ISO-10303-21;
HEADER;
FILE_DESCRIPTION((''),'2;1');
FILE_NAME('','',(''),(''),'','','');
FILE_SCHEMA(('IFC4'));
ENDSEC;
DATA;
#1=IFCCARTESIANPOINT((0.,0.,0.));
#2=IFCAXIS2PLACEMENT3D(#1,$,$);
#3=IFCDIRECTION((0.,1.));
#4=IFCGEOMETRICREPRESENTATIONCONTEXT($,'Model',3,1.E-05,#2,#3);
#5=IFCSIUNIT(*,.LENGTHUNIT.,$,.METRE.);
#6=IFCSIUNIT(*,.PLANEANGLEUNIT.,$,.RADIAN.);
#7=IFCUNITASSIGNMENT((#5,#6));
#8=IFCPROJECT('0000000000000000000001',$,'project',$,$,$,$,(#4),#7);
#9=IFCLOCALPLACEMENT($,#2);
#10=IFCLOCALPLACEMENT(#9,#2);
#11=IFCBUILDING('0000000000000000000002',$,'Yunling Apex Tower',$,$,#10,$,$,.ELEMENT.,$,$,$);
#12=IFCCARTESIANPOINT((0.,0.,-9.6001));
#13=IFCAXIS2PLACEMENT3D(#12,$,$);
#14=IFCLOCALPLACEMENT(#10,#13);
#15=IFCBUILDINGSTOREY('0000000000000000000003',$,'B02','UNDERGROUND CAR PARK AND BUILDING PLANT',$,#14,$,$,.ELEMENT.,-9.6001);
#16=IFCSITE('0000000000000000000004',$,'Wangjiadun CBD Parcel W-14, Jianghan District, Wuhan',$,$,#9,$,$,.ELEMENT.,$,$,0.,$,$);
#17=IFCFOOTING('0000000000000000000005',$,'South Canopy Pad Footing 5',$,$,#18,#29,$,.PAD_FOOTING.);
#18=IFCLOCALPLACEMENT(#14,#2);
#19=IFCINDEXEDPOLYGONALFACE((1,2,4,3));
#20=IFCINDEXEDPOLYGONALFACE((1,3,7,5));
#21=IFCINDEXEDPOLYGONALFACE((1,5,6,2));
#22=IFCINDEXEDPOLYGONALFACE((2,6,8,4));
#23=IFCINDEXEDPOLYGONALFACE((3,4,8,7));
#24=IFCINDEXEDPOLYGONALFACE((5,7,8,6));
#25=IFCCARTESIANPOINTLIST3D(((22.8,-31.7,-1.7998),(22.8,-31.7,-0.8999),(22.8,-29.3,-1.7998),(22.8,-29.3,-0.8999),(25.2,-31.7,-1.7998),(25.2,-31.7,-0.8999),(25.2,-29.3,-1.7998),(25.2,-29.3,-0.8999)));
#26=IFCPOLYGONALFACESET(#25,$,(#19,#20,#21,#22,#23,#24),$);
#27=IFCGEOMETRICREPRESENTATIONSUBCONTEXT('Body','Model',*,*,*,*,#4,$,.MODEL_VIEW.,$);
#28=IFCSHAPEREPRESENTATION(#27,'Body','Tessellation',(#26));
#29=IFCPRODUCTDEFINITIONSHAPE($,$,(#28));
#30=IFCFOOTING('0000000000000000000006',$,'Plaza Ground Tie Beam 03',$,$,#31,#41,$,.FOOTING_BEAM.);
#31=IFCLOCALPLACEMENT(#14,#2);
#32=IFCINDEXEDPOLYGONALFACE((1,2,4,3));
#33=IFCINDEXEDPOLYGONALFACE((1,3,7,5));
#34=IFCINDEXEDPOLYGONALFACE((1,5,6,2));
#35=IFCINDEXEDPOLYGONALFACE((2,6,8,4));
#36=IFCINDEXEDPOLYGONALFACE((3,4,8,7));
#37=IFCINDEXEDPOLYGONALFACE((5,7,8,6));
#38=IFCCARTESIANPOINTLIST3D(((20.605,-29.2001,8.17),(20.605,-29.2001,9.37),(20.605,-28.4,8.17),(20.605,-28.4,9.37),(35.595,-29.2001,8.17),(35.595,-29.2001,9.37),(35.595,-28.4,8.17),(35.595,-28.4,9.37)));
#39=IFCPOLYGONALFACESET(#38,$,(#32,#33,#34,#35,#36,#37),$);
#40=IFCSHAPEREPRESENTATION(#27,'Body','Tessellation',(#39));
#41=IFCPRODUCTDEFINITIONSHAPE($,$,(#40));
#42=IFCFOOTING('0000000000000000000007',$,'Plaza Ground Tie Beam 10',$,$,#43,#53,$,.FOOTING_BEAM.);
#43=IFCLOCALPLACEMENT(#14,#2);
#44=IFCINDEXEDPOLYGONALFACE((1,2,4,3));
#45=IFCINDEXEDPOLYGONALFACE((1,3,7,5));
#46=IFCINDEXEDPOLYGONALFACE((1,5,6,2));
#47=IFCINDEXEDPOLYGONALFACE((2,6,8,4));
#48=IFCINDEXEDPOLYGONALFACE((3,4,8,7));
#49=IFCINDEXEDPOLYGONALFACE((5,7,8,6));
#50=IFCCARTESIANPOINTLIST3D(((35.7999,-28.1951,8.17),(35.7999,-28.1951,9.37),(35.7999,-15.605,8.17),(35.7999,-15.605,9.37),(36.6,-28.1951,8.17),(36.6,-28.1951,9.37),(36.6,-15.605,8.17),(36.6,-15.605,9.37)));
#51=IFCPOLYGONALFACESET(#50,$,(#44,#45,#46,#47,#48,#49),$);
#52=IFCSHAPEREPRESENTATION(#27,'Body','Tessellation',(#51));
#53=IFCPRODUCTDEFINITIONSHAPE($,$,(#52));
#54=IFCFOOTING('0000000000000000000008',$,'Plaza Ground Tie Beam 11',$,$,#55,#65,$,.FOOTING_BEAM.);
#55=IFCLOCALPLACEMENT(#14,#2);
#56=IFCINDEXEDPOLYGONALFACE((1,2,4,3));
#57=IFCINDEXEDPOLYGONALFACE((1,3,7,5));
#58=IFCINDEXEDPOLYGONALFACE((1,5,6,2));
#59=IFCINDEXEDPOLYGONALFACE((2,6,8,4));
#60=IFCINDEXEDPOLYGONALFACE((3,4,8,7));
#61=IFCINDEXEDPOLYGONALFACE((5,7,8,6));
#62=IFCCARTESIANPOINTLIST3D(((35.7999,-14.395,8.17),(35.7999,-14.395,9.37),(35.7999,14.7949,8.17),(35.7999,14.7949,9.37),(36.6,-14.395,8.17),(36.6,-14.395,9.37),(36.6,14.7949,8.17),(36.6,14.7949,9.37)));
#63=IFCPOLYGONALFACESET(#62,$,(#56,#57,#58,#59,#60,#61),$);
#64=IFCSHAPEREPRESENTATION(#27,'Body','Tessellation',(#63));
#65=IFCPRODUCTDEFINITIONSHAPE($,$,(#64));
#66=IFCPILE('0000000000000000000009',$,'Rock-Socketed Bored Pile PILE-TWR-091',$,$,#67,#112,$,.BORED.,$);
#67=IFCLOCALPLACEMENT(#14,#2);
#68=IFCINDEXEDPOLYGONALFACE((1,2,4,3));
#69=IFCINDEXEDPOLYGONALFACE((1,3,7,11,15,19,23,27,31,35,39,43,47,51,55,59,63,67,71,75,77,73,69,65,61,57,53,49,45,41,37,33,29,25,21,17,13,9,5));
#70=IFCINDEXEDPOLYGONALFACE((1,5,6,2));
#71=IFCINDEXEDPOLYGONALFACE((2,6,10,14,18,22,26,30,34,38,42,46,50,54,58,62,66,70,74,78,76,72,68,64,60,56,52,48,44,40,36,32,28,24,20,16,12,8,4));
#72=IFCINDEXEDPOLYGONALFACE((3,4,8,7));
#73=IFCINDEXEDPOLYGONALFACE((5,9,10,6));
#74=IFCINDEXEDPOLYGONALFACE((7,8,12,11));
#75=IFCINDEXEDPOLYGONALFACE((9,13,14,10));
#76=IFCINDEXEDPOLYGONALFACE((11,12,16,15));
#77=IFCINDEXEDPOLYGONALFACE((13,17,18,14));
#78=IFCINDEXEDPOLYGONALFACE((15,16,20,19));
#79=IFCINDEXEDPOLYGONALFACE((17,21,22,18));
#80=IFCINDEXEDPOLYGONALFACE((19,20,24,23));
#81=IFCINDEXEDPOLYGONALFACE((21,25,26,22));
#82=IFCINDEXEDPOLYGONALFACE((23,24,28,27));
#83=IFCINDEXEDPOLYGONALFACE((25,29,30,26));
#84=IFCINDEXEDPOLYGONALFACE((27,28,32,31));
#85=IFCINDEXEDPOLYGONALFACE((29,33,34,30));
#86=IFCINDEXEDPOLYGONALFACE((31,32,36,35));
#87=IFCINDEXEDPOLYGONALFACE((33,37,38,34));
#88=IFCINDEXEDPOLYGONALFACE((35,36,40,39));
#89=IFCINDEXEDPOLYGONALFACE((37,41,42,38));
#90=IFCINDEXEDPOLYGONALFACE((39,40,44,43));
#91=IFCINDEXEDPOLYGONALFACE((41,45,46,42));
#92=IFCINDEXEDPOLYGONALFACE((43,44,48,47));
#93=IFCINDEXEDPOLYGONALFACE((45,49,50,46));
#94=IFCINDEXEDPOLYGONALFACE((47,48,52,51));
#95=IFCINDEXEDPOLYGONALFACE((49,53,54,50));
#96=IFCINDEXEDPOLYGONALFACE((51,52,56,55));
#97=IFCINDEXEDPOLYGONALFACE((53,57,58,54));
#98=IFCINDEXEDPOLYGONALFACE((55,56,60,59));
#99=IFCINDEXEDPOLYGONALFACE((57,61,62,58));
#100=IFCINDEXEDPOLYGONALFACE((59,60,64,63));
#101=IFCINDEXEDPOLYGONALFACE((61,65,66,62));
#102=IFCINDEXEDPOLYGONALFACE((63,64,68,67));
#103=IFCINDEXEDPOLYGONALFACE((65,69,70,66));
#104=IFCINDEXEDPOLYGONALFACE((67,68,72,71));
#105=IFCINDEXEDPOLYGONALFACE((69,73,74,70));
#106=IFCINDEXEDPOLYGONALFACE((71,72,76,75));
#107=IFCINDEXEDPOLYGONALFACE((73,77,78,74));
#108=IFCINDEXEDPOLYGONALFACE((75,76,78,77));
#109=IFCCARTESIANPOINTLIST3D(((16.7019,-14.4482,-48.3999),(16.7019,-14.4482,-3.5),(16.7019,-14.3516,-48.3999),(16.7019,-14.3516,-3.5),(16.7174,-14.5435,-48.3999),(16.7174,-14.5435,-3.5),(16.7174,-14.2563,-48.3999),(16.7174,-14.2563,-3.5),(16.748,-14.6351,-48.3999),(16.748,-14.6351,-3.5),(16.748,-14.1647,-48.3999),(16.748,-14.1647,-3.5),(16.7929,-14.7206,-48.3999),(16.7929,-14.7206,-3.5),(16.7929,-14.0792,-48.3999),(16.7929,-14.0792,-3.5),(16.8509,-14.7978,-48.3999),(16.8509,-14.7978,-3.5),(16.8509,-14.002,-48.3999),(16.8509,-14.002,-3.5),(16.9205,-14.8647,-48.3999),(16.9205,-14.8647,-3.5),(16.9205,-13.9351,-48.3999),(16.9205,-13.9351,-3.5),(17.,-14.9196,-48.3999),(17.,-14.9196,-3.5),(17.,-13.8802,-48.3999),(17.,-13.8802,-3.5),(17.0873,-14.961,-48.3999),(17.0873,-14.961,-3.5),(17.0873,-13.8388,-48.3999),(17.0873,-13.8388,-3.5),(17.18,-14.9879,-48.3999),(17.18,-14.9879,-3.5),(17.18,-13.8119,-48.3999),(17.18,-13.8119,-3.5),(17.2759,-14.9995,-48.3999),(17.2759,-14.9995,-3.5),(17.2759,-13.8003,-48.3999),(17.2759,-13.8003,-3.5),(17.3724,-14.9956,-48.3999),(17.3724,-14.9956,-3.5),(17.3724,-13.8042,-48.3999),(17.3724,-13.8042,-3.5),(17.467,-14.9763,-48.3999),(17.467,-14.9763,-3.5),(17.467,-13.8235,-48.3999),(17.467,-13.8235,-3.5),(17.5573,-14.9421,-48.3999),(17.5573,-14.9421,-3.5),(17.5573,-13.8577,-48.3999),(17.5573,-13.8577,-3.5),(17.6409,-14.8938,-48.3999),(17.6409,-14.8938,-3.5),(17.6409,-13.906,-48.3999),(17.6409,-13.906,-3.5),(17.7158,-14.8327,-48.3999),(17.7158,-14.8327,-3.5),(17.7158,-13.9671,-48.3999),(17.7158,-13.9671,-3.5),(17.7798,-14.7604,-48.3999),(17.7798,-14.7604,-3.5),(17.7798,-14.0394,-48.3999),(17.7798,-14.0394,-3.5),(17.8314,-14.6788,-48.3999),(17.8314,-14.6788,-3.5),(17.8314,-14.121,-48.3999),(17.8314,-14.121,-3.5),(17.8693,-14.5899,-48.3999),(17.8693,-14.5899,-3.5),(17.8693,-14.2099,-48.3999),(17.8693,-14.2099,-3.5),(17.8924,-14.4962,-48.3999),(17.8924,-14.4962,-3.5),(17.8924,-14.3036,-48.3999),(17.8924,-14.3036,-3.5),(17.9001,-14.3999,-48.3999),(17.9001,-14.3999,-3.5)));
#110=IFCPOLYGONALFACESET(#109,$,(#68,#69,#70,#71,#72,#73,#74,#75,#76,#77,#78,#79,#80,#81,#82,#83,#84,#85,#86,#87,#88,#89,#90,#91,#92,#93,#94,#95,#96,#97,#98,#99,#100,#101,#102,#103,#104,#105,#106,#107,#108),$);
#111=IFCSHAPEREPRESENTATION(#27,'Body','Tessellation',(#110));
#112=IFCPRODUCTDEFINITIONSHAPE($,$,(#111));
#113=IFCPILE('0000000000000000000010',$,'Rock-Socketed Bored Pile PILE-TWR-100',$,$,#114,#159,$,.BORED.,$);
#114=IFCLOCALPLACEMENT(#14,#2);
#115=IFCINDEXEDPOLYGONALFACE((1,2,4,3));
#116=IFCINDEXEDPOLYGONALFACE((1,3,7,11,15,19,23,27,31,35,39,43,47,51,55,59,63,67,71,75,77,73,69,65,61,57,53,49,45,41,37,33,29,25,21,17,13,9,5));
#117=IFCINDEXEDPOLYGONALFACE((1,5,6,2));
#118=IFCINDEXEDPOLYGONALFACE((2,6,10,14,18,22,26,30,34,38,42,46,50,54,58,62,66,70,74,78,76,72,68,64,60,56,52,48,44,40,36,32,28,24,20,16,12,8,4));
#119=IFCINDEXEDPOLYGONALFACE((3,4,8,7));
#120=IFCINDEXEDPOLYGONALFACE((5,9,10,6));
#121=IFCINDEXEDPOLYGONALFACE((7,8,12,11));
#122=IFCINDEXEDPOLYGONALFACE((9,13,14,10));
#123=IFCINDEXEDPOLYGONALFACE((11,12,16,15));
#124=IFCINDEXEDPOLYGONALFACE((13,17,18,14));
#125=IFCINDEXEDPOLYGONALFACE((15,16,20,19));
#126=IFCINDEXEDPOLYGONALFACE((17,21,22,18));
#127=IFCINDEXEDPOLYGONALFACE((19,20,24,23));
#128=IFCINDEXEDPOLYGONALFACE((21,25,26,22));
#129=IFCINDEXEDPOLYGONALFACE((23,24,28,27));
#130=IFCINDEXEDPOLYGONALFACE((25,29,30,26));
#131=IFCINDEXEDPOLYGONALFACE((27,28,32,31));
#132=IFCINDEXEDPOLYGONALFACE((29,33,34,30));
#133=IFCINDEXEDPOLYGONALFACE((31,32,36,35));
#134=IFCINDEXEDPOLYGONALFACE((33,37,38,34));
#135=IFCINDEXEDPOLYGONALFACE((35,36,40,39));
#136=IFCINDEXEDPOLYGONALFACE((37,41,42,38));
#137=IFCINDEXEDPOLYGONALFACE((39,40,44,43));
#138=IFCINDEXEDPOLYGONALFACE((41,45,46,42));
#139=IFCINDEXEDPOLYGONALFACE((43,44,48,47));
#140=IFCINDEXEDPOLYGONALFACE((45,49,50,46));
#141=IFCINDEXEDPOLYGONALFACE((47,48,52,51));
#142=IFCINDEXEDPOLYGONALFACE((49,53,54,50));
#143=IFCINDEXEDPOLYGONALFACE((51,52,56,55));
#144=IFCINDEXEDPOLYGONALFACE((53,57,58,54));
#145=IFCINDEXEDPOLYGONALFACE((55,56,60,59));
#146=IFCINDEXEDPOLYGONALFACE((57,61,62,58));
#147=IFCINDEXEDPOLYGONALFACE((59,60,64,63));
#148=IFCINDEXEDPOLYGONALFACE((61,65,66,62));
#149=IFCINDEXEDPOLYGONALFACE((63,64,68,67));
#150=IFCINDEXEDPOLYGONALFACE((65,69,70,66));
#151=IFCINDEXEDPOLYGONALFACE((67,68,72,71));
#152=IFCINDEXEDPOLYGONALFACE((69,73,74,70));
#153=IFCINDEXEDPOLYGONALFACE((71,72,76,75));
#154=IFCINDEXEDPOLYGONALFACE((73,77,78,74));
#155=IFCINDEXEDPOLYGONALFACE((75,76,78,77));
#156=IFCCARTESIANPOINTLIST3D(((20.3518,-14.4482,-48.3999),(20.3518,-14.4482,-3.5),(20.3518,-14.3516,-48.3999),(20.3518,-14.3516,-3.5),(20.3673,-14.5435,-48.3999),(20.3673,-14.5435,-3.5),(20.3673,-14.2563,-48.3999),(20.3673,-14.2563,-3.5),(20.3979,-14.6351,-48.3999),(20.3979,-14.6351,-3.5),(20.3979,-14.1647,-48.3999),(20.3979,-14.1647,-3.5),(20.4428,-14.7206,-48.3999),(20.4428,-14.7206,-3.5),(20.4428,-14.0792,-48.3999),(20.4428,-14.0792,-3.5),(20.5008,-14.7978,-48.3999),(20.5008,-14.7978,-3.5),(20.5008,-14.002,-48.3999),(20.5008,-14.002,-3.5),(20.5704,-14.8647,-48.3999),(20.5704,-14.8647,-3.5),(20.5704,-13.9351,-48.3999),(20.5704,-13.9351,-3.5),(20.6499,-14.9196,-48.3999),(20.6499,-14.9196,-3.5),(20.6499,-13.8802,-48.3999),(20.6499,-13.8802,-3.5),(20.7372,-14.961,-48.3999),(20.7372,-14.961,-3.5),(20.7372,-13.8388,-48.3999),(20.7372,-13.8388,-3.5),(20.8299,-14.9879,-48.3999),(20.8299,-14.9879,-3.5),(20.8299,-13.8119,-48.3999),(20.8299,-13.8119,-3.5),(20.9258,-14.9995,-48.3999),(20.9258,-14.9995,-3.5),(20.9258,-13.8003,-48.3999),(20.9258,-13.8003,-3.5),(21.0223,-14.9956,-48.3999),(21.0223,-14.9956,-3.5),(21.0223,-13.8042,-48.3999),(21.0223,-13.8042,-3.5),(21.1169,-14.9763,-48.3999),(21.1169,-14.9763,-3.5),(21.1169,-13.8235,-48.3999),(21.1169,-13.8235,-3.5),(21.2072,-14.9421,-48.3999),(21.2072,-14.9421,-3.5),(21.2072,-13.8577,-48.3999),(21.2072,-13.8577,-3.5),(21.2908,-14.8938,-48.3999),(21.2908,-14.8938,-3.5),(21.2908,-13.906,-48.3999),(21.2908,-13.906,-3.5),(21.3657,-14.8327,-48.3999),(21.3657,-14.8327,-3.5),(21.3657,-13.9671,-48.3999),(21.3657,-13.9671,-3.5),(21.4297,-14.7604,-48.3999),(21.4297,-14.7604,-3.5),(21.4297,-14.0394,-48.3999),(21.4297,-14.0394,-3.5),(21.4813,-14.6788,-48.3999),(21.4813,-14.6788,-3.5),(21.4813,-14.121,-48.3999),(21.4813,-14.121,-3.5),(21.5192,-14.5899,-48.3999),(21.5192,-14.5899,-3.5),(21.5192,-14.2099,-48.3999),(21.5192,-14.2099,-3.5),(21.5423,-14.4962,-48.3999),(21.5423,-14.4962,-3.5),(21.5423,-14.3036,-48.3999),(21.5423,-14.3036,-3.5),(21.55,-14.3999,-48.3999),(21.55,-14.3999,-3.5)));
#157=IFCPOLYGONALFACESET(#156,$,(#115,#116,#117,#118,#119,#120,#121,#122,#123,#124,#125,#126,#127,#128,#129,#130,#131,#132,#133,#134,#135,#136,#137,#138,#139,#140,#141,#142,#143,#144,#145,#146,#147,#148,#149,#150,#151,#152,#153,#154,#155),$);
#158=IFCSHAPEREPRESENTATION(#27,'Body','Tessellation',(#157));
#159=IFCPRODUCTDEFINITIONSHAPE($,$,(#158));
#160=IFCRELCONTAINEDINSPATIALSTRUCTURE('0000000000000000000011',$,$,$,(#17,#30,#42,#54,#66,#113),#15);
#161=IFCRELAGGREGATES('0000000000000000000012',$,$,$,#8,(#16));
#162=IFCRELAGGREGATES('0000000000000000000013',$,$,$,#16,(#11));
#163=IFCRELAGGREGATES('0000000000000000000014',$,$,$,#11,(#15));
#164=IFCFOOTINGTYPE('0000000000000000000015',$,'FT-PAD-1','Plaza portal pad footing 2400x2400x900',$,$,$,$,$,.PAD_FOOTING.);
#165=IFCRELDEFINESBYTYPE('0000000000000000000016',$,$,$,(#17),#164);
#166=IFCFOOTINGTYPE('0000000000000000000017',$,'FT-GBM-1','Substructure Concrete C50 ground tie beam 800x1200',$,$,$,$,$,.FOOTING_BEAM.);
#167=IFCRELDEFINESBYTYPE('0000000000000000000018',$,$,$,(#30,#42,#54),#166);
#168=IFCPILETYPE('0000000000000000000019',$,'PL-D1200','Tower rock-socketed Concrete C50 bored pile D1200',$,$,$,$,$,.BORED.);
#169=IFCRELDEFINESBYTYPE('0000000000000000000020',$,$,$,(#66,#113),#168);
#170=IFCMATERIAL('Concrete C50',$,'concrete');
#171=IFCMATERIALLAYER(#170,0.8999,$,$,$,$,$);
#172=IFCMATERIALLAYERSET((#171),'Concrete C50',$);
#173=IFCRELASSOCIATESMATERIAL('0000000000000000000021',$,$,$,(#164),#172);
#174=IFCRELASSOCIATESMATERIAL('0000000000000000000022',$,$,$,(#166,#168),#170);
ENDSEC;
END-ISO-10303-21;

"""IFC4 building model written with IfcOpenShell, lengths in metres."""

from ifc_helpers import new_model, si_unit, direction, frame, origin, origin_2d, place, context, subcontext, project, spatial, rectangle, circle, extrude, source, transform, mapped, material, layer, layer_set, material_profile, profile_set, type_object, element, save


model = new_model("IFC4")

# Units and contexts
model_context = context("Model", 3, precision=1e-05, world=origin(), true_north=direction((0.0, 1.0)))
body_context = subcontext(model_context, "Body", "Model", "MODEL_VIEW")
ifc_project = project(units=[si_unit("LENGTHUNIT", "METRE"), si_unit("PLANEANGLEUNIT", "RADIAN")], contexts=[model_context])

# Site, building, storey
site_placement = place(None, origin())
site = spatial("IfcSite", under=ifc_project, at=site_placement, Name="Wangjiadun CBD Parcel W-14, Jianghan District, Wuhan", CompositionType="ELEMENT", RefElevation=0.0)
building_placement = place(site_placement, origin())
building = spatial("IfcBuilding", under=site, at=building_placement, Name="Yunling Apex Tower", CompositionType="ELEMENT")
storey_placement = place(building_placement, frame((0.0, 0.0, -9.6001)))
storey = spatial("IfcBuildingStorey", under=building, at=storey_placement, Name="B02", Description="UNDERGROUND CAR PARK AND BUILDING PLANT", CompositionType="ELEMENT", Elevation=-9.6001)

# Footings
ifc_material_1 = material(Name="Concrete C50", Category="concrete")
ifc_layer_1 = layer(ifc_material_1, 0.8999)
ifc_layer_set_1 = layer_set([ifc_layer_1], Name="Concrete C50")
footing_type_1 = type_object("IfcFootingType", Name="FT-PAD-1", Description="Plaza portal pad footing 2400x2400x900", PredefinedType="PAD_FOOTING", material=ifc_layer_set_1)
shared_shape_1 = source(origin(), body_context, "Body", "SweptSolid", [
    extrude(rectangle(XDim=2.3999, YDim=2.3999, at=origin_2d()), origin(), (0.0, 0.0, 1.0), 0.8999),
])
footing_1_placement = place(storey_placement, frame((24.0, -30.5, -1.7998), z_axis=(0.0, 0.0, 1.0), x_axis=(1.0, 0.0, 0.0)))
element("IfcFooting", 1, at=footing_1_placement, inside=storey, type_object=footing_type_1, Name="South Canopy Pad Footing 5", PredefinedType="PAD_FOOTING", context=body_context, shape_type="MappedRepresentation", body=[
    mapped(shared_shape_1, transform((0.0, 0.0, 0.0), scale=1.0)),
])
ifc_material_profile_1 = material_profile(ifc_material_1, rectangle(XDim=0.8, YDim=1.2, at=origin_2d()))
ifc_profile_set_1 = profile_set([ifc_material_profile_1], Name="Concrete C50")
footing_type_2 = type_object("IfcFootingType", Name="FT-GBM-1", Description="Substructure Concrete C50 ground tie beam 800x1200", PredefinedType="FOOTING_BEAM", material=ifc_profile_set_1)
shared_shape_2 = source(origin(), body_context, "Body", "SweptSolid", [
    extrude(rectangle(XDim=0.8, YDim=1.2, at=origin_2d()), origin(), (0.0, 0.0, 1.0), 14.99),
])
footing_2_placement = place(storey_placement, frame((20.605, -28.8, 8.77), z_axis=(1.0, 0.0, 0.0), x_axis=(0.0, 1.0, 0.0)))
element("IfcFooting", 2, at=footing_2_placement, inside=storey, type_object=footing_type_2, Name="Plaza Ground Tie Beam 03", PredefinedType="FOOTING_BEAM", context=body_context, shape_type="MappedRepresentation", body=[
    mapped(shared_shape_2, transform((0.0, 0.0, 0.0), scale=1.0)),
])
shared_shape_3 = source(origin(), body_context, "Body", "SweptSolid", [
    extrude(rectangle(XDim=0.8, YDim=1.2, at=origin_2d()), origin(), (0.0, 0.0, 1.0), 12.5901),
])
footing_3_placement = place(storey_placement, frame((36.2, -28.1951, 8.77), z_axis=(0.0, 1.0, 0.0), x_axis=(-1.0, 0.0, 0.0)))
element("IfcFooting", 3, at=footing_3_placement, inside=storey, type_object=footing_type_2, Name="Plaza Ground Tie Beam 10", PredefinedType="FOOTING_BEAM", context=body_context, shape_type="MappedRepresentation", body=[
    mapped(shared_shape_3, transform((0.0, 0.0, 0.0), scale=1.0)),
])
shared_shape_4 = source(origin(), body_context, "Body", "SweptSolid", [
    extrude(rectangle(XDim=0.8, YDim=1.2, at=origin_2d()), origin(), (0.0, 0.0, 1.0), 29.1899),
])
footing_4_placement = place(storey_placement, frame((36.2, -14.395, 8.77), z_axis=(0.0, 1.0, 0.0), x_axis=(-1.0, 0.0, 0.0)))
element("IfcFooting", 4, at=footing_4_placement, inside=storey, type_object=footing_type_2, Name="Plaza Ground Tie Beam 11", PredefinedType="FOOTING_BEAM", context=body_context, shape_type="MappedRepresentation", body=[
    mapped(shared_shape_4, transform((0.0, 0.0, 0.0), scale=1.0)),
])

# Piles
ifc_material_profile_2 = material_profile(ifc_material_1, circle(Radius=0.6001, at=origin_2d()))
ifc_profile_set_2 = profile_set([ifc_material_profile_2], Name="Concrete C50")
pile_type_1 = type_object("IfcPileType", Name="PL-D1200", Description="Tower rock-socketed Concrete C50 bored pile D1200", PredefinedType="BORED", material=ifc_profile_set_2)
shared_shape_5 = source(origin(), body_context, "Body", "SweptSolid", [
    extrude(circle(Radius=0.6001, at=origin_2d()), origin(), (0.0, 0.0, 1.0), 44.8999),
])
for number, where, z_axis, x_axis, name in (
    (5, (17.3, -14.3999, -3.5), (0.0, 0.0, -1.0), (1.0, 0.0, 0.0), "Rock-Socketed Bored Pile PILE-TWR-091"),
    (6, (20.95, -14.3999, -3.5), (0.0, 0.0, -1.0), (1.0, 0.0, 0.0), "Rock-Socketed Bored Pile PILE-TWR-100"),
):
    element("IfcPile", number, at=place(storey_placement, frame(where, z_axis=z_axis, x_axis=x_axis)), inside=storey, type_object=pile_type_1, Name=name, PredefinedType="BORED", context=body_context, shape_type="MappedRepresentation", body=[
        mapped(shared_shape_5, transform((0.0, 0.0, 0.0), scale=1.0)),
    ])

save(model, "model.ifc")
